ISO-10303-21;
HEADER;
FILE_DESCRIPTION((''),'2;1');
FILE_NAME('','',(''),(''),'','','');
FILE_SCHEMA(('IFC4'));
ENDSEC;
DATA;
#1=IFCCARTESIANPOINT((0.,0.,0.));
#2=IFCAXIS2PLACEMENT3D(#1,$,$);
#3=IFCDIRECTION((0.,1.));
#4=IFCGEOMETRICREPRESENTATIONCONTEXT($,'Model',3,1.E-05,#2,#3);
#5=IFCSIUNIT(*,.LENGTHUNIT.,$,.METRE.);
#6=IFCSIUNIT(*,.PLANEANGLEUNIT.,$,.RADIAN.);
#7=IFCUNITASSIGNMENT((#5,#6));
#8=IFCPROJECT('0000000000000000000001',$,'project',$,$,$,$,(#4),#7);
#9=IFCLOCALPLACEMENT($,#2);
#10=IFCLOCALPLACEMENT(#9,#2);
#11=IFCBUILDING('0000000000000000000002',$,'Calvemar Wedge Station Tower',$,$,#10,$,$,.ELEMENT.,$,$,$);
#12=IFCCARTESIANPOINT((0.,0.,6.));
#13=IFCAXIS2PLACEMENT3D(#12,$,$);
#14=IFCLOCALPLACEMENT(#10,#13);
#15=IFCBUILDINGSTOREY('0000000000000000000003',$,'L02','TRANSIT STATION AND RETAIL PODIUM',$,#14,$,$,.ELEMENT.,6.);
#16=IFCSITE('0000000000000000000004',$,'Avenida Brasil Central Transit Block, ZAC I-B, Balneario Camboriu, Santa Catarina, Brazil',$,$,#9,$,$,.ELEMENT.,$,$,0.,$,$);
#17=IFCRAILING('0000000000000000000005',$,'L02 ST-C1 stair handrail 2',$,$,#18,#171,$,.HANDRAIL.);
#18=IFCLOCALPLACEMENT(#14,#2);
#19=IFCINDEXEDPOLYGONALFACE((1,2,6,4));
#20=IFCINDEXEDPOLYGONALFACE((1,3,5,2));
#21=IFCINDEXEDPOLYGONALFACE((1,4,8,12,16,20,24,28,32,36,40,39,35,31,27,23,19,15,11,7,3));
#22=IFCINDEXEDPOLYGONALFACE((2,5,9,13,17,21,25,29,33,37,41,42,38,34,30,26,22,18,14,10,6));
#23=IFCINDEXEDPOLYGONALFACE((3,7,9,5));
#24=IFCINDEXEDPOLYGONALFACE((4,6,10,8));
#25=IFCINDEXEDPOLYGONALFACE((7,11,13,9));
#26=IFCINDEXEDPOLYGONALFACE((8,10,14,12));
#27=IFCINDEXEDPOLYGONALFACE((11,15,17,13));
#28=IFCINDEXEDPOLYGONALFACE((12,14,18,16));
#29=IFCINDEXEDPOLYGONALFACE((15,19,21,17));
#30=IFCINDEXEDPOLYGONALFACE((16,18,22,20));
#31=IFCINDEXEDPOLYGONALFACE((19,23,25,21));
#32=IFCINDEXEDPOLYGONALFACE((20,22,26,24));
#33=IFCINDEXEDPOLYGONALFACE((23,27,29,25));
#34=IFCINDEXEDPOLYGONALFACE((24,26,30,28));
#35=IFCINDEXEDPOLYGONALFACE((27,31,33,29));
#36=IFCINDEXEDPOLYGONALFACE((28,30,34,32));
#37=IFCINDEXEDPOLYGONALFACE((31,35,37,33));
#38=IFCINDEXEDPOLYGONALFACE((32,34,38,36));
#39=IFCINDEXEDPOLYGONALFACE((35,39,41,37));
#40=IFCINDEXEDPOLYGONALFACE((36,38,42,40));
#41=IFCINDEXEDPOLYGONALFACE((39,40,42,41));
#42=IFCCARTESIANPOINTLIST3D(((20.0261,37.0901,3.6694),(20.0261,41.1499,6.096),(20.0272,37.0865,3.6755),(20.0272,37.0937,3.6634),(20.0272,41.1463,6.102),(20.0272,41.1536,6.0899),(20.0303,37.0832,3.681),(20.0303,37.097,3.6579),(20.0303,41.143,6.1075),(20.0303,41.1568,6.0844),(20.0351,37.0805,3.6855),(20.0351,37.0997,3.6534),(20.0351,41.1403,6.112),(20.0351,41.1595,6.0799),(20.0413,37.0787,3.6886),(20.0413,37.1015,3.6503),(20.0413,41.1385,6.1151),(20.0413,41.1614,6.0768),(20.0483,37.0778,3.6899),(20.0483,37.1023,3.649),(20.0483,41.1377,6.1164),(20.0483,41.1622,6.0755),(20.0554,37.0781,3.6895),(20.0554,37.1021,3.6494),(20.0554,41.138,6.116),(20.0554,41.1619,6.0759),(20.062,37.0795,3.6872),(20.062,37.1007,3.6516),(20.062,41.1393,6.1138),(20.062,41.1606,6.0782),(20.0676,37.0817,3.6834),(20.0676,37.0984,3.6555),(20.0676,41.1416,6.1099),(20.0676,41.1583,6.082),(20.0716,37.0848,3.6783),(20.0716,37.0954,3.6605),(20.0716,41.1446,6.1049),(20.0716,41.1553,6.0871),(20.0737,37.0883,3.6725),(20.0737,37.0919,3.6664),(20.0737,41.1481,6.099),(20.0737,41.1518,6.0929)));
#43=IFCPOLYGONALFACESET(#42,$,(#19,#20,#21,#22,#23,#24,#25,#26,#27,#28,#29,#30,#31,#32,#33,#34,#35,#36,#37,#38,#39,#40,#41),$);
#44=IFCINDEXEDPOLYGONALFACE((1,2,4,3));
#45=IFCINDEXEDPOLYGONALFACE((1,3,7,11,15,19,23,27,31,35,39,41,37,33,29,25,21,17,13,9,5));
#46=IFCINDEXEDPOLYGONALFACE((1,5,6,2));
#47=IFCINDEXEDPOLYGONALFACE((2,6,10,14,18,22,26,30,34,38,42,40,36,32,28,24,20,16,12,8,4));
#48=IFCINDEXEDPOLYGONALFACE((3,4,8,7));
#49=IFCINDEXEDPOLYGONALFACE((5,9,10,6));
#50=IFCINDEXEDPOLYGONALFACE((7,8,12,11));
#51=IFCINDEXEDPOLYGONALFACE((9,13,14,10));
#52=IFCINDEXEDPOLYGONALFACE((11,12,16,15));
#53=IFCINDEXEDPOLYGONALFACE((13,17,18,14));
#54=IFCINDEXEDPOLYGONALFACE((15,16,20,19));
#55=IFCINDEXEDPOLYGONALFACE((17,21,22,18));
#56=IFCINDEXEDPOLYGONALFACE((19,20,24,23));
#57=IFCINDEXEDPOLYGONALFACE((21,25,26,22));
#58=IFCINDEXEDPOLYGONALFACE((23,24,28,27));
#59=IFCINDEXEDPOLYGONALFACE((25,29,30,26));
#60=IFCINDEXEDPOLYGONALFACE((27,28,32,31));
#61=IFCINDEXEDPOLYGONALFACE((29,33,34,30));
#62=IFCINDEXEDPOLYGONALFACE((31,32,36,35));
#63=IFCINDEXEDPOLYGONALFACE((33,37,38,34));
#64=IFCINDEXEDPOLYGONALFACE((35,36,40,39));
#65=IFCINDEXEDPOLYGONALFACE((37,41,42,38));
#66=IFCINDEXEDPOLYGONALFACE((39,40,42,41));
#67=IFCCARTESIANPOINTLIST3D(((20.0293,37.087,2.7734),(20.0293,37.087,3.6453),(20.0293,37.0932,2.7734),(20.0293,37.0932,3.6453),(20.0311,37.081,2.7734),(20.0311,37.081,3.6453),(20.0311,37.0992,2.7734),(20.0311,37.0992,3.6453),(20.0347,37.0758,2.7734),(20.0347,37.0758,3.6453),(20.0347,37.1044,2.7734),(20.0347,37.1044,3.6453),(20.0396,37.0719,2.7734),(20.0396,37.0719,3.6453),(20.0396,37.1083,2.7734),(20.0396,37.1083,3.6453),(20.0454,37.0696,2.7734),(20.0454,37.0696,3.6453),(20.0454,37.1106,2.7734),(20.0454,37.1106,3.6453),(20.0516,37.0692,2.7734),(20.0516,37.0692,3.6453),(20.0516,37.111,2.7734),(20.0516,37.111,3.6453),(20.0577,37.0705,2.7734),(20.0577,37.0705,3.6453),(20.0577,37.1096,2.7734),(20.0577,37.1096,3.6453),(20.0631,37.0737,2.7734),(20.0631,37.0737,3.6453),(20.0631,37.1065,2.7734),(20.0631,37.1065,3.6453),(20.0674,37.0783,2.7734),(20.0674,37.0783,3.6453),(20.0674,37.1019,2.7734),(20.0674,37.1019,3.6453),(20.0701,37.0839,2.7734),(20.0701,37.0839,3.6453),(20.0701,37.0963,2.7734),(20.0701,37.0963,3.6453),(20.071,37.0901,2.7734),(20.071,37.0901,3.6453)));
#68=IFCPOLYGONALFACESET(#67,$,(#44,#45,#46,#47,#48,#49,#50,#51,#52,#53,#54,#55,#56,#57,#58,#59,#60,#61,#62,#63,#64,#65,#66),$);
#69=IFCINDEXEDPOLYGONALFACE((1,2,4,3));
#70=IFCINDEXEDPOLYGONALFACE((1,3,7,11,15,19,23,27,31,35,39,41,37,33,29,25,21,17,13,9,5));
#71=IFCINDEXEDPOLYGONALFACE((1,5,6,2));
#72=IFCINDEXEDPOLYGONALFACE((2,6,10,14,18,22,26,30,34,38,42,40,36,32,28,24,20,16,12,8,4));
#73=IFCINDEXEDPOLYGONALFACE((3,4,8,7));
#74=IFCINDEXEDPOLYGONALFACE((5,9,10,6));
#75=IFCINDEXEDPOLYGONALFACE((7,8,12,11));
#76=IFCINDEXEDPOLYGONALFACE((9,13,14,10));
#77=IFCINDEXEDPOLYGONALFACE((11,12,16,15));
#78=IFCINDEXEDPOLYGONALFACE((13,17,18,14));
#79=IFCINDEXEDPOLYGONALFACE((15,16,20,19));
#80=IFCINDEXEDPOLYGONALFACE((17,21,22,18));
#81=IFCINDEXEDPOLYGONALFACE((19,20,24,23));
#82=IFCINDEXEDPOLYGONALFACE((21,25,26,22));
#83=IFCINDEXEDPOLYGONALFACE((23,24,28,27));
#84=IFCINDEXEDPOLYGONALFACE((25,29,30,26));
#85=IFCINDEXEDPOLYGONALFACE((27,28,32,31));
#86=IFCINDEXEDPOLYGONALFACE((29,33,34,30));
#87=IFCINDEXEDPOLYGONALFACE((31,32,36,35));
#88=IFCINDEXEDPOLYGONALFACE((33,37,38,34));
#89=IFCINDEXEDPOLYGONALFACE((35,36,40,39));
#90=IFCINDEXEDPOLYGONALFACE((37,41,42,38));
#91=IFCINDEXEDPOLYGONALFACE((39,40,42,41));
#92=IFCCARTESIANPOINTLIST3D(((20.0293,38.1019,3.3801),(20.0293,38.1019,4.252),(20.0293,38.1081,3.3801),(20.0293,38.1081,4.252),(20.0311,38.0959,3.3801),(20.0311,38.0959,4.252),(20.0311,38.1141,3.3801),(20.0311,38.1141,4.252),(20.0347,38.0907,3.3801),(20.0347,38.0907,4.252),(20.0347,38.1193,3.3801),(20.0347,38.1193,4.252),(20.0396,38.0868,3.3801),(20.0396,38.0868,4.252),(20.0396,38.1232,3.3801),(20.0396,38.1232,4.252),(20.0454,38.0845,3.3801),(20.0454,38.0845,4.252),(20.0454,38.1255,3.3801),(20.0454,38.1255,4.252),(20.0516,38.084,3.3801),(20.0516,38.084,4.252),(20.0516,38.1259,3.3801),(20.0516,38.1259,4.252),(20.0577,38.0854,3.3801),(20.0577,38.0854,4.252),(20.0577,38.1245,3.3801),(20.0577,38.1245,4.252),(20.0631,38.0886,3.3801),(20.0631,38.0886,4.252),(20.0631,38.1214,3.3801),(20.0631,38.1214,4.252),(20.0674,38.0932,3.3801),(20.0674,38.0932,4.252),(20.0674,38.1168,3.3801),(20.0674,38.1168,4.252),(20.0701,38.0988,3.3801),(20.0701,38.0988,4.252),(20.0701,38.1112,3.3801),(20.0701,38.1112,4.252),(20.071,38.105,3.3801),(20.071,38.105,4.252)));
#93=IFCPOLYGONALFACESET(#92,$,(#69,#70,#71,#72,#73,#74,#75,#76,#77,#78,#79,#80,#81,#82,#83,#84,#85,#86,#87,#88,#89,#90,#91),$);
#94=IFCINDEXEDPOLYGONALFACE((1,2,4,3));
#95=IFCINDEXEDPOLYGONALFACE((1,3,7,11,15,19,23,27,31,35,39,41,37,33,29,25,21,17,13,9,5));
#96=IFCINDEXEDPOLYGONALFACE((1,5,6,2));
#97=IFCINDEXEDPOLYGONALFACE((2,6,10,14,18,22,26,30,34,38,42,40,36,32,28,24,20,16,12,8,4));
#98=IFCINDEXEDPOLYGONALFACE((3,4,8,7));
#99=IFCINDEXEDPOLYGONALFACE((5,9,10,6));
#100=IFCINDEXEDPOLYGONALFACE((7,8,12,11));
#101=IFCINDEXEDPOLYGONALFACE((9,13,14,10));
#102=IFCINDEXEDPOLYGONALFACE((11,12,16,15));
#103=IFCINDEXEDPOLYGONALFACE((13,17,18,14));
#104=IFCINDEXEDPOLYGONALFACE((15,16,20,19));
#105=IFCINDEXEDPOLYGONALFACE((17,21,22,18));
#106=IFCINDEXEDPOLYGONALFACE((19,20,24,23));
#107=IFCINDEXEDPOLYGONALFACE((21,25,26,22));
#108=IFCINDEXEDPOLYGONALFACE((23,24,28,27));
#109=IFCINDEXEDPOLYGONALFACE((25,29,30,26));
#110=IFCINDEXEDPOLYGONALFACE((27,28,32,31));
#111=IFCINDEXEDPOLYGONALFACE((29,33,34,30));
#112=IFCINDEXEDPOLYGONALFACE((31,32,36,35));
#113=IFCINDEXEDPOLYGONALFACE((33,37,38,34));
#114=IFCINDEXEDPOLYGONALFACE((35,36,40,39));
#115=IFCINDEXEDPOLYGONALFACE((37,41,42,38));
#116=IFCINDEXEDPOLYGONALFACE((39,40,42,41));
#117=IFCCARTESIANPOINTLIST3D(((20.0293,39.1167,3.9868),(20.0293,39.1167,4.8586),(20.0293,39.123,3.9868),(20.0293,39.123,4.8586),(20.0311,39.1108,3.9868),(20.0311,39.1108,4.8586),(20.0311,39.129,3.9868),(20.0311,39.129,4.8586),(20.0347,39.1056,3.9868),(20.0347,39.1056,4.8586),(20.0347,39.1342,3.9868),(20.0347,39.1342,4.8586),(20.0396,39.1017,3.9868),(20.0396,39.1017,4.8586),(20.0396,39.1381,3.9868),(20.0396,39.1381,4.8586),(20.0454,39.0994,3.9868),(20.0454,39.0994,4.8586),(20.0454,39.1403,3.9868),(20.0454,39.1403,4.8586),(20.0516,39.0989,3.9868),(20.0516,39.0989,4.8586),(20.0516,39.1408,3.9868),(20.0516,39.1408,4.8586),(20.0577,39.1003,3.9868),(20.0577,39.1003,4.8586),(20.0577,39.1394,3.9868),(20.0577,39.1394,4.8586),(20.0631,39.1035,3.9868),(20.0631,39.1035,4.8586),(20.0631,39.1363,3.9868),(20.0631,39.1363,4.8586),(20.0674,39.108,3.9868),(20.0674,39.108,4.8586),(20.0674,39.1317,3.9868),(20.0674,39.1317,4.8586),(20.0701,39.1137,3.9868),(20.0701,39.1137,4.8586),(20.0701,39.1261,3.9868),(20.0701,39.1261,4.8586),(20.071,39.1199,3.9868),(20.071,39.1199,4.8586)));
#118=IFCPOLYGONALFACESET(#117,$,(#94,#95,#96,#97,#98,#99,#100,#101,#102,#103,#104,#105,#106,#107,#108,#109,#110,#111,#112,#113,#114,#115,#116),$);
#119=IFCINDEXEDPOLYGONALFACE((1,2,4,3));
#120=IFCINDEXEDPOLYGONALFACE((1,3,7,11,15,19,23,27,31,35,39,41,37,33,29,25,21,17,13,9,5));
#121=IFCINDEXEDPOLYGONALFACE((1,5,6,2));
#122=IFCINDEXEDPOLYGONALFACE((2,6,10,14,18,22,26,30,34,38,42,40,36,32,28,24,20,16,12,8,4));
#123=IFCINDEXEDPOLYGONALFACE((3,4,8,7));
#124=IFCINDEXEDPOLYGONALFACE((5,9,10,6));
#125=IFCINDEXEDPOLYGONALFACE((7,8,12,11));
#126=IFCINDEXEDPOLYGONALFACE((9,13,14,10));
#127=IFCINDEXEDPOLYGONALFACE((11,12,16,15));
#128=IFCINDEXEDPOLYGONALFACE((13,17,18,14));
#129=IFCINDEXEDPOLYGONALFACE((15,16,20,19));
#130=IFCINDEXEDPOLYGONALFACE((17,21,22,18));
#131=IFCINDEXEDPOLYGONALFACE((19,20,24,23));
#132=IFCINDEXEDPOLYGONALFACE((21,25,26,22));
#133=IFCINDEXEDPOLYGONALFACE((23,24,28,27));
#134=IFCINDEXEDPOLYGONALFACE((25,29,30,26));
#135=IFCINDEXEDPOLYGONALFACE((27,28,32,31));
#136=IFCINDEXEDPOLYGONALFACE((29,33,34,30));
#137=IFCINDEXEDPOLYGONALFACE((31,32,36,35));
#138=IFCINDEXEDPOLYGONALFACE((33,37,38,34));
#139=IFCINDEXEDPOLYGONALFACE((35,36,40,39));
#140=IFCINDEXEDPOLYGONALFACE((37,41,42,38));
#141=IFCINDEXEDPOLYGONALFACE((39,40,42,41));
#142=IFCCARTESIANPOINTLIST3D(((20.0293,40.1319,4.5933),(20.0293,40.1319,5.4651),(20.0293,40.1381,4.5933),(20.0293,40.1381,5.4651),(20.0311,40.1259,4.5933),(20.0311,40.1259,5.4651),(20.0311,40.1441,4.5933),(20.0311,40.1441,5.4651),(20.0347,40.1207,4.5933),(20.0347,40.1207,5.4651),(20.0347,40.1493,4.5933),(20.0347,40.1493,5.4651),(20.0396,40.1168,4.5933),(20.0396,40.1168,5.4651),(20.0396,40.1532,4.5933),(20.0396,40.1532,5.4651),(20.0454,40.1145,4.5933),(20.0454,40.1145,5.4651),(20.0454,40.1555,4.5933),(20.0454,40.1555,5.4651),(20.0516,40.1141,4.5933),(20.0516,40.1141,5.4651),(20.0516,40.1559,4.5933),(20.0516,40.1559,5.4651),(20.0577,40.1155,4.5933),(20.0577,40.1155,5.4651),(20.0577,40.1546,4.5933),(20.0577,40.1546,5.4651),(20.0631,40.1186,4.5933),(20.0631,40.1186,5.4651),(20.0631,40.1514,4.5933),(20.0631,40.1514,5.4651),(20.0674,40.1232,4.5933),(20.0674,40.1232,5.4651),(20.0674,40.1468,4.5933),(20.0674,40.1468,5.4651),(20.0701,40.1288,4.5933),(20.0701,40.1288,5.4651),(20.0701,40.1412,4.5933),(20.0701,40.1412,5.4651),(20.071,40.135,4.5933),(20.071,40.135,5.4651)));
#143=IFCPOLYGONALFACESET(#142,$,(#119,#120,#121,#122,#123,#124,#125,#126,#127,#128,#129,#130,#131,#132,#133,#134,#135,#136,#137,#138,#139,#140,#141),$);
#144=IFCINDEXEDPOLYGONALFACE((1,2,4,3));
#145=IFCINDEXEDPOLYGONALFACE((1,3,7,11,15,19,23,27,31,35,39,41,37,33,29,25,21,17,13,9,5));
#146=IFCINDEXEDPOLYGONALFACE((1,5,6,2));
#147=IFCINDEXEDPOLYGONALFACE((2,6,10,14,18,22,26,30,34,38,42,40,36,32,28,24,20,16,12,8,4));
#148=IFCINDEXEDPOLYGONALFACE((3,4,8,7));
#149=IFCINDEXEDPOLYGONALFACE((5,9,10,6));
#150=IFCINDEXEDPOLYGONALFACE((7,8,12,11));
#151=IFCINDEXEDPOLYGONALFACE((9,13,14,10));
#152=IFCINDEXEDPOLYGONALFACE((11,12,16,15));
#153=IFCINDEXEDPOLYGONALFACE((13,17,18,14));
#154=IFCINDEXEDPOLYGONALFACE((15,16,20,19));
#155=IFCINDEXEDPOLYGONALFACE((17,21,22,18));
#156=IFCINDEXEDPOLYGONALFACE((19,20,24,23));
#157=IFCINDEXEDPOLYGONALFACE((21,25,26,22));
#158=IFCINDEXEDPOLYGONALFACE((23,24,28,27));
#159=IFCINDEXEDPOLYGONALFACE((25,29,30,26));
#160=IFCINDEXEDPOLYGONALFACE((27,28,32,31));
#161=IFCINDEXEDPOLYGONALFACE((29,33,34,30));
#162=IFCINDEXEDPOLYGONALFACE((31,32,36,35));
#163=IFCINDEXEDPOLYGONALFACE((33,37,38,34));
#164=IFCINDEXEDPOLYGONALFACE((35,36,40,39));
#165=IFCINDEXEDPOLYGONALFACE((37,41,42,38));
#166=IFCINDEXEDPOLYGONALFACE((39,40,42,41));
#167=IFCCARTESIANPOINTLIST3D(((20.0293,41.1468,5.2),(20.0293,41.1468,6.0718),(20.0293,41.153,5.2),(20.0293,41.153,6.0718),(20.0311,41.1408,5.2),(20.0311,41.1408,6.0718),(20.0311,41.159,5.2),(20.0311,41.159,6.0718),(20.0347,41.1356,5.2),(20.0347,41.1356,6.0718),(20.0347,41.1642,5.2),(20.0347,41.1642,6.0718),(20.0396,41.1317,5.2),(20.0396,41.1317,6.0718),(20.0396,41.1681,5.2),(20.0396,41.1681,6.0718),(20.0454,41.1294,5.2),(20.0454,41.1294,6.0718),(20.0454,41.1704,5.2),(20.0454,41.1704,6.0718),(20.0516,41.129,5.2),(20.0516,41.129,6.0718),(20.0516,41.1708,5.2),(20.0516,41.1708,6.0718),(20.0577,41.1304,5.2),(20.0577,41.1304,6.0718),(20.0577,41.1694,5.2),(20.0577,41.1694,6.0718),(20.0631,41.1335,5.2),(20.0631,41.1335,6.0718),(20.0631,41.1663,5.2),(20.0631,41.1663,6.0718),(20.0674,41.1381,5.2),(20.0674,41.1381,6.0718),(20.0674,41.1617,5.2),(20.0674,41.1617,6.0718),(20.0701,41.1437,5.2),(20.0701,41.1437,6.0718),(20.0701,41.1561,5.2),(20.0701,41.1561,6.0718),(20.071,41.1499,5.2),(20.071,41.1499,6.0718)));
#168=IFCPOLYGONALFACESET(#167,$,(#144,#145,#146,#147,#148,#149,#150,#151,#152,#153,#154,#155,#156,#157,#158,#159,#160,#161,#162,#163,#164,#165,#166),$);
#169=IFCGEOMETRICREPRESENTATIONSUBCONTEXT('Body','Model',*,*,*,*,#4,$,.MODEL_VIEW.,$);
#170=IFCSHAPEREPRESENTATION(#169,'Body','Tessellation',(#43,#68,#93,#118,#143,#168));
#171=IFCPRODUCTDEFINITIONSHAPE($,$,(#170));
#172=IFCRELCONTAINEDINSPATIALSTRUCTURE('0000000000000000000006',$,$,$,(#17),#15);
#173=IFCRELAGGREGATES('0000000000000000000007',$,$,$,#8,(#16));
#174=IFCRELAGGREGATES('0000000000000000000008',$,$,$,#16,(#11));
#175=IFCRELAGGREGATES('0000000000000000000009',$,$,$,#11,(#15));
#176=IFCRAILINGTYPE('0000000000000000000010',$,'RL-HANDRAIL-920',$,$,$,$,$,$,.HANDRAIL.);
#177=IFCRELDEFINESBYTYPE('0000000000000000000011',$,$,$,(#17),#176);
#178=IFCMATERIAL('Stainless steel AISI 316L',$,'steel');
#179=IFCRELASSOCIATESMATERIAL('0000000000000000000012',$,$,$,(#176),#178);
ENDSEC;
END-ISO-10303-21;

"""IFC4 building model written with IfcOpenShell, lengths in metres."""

from ifc_helpers import new_model, si_unit, direction, frame, origin, origin_2d, place, context, subcontext, project, spatial, circle, extrude, material, type_object, element, save


model = new_model("IFC4")

# Units and contexts
model_context = context("Model", 3, precision=1e-05, world=origin(), true_north=direction((0.0, 1.0)))
body_context = subcontext(model_context, "Body", "Model", "MODEL_VIEW")
ifc_project = project(units=[si_unit("LENGTHUNIT", "METRE"), si_unit("PLANEANGLEUNIT", "RADIAN")], contexts=[model_context])

# Site, building, storey
site_placement = place(None, origin())
site = spatial("IfcSite", under=ifc_project, at=site_placement, Name="Avenida Brasil Central Transit Block, ZAC I-B, Balneario Camboriu, Santa Catarina, Brazil", CompositionType="ELEMENT", RefElevation=0.0)
building_placement = place(site_placement, origin())
building = spatial("IfcBuilding", under=site, at=building_placement, Name="Calvemar Wedge Station Tower", CompositionType="ELEMENT")
storey_placement = place(building_placement, frame((0.0, 0.0, 6.0)))
storey = spatial("IfcBuildingStorey", under=building, at=storey_placement, Name="L02", Description="TRANSIT STATION AND RETAIL PODIUM", CompositionType="ELEMENT", Elevation=6.0)

# Railing
ifc_material_1 = material(Name="Stainless steel AISI 316L", Category="steel")
railing_type_1 = type_object("IfcRailingType", Name="RL-HANDRAIL-920", PredefinedType="HANDRAIL", material=ifc_material_1)
railing_1_placement = place(storey_placement, frame((20.05, 37.0901, 2.7734)))
element("IfcRailing", 1, at=railing_1_placement, inside=storey, type_object=railing_type_1, Name="L02 ST-C1 stair handrail 2", PredefinedType="HANDRAIL", context=body_context, shape_type="SweptSolid", body=[
    extrude(circle(Radius=0.0239, at=origin_2d()), frame((0.0, 0.0, 0.896), z_axis=(0.0, 0.858366, 0.513038), x_axis=(-1.0, 0.0, 0.0)), (0.0, 0.0, 1.0), 4.7297),
    extrude(circle(Radius=0.021, at=origin_2d()), origin(), (0.0, 0.0, 1.0), 0.8718),
    extrude(circle(Radius=0.021, at=origin_2d()), frame((0.0, 1.0149, 0.6067)), (0.0, 0.0, 1.0), 0.8718),
    extrude(circle(Radius=0.021, at=origin_2d()), frame((0.0, 2.0298, 1.2134)), (0.0, 0.0, 1.0), 0.8718),
    extrude(circle(Radius=0.021, at=origin_2d()), frame((0.0, 3.0449, 1.8198)), (0.0, 0.0, 1.0), 0.8718),
    extrude(circle(Radius=0.021, at=origin_2d()), frame((0.0, 4.0598, 2.4265)), (0.0, 0.0, 1.0), 0.8718),
])

save(model, "model.ifc")
